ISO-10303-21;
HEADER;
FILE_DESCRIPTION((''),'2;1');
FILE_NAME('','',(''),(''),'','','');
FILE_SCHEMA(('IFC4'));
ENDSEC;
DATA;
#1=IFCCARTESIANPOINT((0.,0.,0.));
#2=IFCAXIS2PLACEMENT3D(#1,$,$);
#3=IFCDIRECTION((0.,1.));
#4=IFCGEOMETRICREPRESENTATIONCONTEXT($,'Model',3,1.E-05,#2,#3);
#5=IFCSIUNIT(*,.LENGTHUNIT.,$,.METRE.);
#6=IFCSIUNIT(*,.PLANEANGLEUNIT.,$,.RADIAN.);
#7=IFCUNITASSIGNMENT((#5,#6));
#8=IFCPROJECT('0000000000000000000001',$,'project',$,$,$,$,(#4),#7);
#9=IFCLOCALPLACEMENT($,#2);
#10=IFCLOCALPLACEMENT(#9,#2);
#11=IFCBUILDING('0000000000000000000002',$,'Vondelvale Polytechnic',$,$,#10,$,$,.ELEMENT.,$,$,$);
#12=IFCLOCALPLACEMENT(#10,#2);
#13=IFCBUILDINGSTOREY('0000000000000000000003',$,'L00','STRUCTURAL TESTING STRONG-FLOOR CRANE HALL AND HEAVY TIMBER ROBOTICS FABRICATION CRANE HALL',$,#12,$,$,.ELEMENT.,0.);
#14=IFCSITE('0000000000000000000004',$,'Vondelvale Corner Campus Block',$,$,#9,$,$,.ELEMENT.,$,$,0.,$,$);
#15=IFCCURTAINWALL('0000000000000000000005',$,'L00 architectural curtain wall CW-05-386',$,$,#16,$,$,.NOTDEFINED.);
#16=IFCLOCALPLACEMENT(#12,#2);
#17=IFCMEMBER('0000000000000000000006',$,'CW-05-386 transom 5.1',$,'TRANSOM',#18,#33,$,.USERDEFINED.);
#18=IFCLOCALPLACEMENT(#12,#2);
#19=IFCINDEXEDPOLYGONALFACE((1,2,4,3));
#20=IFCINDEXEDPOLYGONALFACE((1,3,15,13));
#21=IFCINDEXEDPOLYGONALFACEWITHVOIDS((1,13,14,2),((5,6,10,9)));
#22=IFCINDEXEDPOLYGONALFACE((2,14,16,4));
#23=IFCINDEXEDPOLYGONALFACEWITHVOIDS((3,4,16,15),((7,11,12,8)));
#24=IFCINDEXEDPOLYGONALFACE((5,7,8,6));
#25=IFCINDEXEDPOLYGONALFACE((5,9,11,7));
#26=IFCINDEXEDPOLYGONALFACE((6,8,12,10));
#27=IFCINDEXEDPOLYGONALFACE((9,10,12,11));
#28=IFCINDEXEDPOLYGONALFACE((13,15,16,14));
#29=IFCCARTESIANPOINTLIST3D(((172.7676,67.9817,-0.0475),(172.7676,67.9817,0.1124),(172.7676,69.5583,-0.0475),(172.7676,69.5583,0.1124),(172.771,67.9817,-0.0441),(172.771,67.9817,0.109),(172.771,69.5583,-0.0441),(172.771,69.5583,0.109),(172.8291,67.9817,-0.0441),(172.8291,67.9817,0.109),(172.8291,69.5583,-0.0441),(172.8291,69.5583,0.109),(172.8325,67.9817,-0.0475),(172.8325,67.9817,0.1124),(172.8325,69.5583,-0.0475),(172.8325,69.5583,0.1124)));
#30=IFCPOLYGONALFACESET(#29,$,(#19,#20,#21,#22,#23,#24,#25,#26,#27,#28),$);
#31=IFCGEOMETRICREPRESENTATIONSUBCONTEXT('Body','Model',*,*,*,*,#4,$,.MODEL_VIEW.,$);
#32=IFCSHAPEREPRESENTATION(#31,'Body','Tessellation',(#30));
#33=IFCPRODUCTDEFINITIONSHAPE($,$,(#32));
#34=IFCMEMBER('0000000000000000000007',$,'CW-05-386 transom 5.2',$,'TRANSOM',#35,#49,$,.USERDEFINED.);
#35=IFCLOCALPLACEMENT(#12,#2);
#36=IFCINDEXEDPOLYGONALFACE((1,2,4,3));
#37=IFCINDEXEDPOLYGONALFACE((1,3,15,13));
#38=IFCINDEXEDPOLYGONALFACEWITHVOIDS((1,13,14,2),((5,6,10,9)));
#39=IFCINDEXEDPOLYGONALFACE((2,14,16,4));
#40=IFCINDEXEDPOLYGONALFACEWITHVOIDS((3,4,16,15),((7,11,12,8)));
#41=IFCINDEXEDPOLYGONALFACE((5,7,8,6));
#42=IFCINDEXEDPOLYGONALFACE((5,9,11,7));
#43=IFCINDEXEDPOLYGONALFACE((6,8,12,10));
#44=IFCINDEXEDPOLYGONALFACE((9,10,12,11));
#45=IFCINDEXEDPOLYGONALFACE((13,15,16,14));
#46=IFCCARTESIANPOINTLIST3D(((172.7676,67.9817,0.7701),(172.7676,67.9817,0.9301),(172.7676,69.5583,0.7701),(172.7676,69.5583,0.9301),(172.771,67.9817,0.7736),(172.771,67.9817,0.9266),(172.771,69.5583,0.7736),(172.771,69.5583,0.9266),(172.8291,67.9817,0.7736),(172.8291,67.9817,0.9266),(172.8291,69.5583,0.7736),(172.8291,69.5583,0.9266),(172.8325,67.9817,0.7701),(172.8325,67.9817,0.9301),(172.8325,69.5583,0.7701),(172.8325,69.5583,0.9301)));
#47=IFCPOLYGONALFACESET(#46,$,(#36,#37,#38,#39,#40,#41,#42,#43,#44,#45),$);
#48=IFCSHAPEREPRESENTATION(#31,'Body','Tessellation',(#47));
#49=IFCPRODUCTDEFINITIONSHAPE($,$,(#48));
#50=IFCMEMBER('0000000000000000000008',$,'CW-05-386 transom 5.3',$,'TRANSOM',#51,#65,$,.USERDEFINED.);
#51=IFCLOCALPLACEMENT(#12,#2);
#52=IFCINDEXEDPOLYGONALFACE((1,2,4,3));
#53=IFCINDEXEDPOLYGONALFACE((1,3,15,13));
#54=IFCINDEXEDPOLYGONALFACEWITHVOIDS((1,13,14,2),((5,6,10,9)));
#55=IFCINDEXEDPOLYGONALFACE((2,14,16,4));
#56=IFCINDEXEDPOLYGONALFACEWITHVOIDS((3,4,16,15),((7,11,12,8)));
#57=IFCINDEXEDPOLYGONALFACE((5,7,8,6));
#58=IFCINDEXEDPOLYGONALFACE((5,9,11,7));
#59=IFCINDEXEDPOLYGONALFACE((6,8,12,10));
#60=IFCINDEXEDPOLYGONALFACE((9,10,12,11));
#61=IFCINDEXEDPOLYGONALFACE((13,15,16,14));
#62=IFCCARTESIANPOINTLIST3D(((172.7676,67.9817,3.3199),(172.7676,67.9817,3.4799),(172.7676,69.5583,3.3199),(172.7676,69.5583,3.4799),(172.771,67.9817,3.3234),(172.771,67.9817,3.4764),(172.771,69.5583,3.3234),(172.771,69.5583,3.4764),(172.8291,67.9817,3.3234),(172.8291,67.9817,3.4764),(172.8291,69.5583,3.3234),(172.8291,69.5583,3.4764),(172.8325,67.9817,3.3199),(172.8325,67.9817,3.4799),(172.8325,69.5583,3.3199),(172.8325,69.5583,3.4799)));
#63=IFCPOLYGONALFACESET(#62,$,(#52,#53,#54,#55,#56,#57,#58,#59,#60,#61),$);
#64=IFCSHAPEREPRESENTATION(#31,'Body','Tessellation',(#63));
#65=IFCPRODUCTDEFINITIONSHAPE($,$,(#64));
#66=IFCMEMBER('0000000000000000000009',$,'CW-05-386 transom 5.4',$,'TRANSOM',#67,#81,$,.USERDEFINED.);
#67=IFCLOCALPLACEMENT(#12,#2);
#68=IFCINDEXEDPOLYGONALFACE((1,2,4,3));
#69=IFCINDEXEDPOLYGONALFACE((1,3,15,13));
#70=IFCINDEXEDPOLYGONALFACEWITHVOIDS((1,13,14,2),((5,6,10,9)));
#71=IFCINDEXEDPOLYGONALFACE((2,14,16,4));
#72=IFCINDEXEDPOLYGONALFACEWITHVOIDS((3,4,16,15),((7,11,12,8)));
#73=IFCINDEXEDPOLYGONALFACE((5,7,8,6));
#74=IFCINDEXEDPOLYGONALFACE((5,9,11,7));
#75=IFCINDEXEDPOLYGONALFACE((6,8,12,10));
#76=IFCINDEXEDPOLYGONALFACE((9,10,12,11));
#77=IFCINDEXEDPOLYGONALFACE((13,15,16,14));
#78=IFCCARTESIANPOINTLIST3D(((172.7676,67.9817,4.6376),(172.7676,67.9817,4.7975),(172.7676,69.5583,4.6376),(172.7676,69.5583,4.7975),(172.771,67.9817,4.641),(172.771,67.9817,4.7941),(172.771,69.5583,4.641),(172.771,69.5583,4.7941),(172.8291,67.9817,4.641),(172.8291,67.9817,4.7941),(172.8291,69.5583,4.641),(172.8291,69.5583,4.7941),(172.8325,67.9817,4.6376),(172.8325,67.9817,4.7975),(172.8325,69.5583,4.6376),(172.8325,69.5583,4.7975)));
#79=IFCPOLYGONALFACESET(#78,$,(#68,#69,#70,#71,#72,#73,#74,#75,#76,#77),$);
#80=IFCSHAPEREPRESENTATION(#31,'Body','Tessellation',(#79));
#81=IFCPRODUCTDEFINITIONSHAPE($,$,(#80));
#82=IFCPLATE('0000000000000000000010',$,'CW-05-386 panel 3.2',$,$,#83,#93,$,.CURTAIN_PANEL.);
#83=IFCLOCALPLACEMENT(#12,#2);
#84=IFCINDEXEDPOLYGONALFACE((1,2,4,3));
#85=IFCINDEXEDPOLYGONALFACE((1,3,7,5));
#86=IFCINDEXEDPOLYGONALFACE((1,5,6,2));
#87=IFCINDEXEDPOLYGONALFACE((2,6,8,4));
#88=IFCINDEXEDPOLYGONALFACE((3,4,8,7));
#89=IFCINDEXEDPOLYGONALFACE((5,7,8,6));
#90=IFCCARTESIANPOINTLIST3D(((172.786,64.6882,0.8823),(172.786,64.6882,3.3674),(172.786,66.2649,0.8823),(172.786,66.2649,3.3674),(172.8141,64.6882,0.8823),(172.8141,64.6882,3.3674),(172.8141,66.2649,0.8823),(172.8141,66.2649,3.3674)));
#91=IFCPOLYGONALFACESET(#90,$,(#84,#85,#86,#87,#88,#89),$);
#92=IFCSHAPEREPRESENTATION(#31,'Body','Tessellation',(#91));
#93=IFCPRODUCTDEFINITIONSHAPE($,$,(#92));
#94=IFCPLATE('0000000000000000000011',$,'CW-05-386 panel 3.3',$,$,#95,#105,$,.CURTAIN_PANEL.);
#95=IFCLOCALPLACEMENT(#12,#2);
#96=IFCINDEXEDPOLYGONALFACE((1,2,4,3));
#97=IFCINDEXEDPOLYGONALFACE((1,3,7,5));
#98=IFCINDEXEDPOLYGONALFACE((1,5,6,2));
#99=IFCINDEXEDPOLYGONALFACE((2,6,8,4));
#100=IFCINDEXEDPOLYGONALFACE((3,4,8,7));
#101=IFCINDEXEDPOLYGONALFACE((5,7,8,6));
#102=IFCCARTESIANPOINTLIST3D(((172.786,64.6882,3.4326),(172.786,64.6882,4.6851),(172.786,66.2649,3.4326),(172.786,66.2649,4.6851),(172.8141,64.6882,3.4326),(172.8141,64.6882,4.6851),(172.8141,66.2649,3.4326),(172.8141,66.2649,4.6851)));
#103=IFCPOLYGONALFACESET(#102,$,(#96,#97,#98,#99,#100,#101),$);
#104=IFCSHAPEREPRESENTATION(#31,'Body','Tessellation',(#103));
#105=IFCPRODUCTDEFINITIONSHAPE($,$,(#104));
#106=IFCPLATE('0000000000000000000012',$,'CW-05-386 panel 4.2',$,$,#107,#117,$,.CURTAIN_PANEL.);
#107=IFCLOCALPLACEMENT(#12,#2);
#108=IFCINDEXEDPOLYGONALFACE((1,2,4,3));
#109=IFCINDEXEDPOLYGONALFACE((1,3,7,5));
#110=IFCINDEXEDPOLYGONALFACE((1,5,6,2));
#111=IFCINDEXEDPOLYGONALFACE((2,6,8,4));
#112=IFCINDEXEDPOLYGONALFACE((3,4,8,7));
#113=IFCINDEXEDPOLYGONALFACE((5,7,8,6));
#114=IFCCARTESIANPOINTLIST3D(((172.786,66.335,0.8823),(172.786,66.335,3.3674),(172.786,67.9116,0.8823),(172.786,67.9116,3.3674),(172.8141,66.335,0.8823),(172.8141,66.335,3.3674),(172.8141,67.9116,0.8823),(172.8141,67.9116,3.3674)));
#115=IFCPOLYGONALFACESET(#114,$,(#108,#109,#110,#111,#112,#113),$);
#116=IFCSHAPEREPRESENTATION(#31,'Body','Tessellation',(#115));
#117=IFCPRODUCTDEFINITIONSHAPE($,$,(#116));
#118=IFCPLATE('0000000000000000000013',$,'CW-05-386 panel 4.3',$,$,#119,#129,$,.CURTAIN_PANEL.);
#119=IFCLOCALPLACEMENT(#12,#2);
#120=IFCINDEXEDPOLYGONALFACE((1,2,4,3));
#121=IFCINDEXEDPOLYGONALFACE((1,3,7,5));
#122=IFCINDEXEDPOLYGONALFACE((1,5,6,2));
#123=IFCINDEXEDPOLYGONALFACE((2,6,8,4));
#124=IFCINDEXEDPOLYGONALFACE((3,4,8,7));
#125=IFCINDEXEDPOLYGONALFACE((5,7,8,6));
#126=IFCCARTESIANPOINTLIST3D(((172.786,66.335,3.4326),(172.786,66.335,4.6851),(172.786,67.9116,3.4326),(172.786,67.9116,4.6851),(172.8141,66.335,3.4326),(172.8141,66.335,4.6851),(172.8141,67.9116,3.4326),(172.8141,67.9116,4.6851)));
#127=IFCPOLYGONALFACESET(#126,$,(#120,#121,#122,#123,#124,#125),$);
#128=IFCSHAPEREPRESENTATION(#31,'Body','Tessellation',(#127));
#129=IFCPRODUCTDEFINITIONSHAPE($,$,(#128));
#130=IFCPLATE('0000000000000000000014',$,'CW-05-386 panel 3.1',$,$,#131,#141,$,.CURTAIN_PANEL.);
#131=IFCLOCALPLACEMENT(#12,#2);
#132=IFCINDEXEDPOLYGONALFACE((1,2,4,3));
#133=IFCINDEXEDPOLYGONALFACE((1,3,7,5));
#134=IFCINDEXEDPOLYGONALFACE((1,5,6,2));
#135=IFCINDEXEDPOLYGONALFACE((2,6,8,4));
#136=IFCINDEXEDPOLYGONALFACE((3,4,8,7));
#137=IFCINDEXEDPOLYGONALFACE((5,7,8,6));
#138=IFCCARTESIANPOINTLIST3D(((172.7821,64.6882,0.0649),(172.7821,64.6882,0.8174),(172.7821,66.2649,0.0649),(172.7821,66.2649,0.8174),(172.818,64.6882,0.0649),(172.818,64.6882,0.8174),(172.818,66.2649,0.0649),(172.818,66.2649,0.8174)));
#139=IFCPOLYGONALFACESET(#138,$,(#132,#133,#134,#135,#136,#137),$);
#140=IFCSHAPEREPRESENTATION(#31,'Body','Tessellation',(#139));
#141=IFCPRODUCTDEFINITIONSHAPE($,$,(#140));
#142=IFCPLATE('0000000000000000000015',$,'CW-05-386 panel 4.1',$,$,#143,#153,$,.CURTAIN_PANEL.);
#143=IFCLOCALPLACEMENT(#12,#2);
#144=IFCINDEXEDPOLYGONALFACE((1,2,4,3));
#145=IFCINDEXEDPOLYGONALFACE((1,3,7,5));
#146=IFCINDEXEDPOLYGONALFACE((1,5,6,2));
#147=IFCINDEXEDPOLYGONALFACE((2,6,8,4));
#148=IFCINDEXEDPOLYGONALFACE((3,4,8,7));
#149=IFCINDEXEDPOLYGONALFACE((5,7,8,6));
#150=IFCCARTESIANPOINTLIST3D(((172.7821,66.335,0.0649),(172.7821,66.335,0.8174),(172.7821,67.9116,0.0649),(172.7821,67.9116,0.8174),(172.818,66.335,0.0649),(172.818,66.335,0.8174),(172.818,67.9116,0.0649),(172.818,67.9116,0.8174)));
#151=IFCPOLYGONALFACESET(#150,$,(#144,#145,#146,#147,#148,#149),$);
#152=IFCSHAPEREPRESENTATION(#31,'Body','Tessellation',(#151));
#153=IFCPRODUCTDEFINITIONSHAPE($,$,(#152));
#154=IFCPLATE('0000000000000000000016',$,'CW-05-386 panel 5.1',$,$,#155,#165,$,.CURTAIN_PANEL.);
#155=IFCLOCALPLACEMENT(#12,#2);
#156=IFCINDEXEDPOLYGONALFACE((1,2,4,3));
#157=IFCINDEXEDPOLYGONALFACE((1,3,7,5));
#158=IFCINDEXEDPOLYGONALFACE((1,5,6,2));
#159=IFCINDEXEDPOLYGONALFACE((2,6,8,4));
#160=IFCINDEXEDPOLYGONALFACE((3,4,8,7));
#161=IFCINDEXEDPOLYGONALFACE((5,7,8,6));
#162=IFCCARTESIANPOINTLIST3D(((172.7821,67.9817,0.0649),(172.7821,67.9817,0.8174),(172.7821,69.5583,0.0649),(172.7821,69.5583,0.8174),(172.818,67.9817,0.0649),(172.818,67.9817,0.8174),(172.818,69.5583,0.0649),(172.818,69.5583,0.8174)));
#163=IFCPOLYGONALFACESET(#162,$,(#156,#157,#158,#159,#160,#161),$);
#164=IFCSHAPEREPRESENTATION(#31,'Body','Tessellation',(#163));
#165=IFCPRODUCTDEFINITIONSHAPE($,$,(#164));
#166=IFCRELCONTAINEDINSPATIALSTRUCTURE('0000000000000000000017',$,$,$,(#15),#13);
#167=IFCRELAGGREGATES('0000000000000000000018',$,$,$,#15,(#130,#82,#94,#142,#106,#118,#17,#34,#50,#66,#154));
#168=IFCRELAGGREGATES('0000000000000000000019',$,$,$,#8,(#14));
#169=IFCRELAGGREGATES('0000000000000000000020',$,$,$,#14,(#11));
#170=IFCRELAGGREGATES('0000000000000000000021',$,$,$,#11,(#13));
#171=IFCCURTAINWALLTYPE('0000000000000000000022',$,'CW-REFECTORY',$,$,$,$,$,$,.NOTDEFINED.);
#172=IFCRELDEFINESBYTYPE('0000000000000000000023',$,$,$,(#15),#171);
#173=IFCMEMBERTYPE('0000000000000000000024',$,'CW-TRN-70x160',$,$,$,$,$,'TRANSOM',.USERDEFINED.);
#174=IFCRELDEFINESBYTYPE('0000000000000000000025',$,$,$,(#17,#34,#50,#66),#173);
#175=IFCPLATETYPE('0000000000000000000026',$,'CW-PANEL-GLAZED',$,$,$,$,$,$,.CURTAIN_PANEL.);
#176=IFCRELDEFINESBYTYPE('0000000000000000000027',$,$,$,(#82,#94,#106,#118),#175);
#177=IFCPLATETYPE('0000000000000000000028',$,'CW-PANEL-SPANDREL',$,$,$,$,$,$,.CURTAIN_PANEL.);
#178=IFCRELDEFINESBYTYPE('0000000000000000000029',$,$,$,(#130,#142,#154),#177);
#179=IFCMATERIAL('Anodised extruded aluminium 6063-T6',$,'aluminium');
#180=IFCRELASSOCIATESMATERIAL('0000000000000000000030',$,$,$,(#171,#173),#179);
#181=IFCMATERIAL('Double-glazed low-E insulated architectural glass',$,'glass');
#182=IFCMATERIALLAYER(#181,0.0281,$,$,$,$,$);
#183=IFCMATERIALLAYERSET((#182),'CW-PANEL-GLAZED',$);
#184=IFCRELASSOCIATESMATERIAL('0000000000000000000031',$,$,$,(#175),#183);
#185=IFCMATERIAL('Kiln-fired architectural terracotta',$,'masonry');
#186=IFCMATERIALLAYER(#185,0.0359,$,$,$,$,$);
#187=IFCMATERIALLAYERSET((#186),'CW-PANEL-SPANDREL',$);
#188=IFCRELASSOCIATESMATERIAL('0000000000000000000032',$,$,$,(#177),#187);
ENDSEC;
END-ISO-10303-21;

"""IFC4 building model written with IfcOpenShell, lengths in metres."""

from ifc_helpers import new_model, si_unit, direction, frame, origin, origin_2d, place, context, subcontext, project, spatial, rectangle, hollow_rectangle, extrude, material, layer, layer_set, material_profile, profile_set, type_object, element, aggregate, save


model = new_model("IFC4")

# Units and contexts
model_context = context("Model", 3, precision=1e-05, world=origin(), true_north=direction((0.0, 1.0)))
body_context = subcontext(model_context, "Body", "Model", "MODEL_VIEW")
ifc_project = project(units=[si_unit("LENGTHUNIT", "METRE"), si_unit("PLANEANGLEUNIT", "RADIAN")], contexts=[model_context])

# Site, building, storey
site_placement = place(None, origin())
site = spatial("IfcSite", under=ifc_project, at=site_placement, Name="Vondelvale Corner Campus Block", CompositionType="ELEMENT", RefElevation=0.0)
building_placement = place(site_placement, origin())
building = spatial("IfcBuilding", under=site, at=building_placement, Name="Vondelvale Polytechnic", CompositionType="ELEMENT")
storey_placement = place(building_placement, origin())
storey = spatial("IfcBuildingStorey", under=building, at=storey_placement, Name="L00", Description="STRUCTURAL TESTING STRONG-FLOOR CRANE HALL AND HEAVY TIMBER ROBOTICS FABRICATION CRANE HALL", CompositionType="ELEMENT", Elevation=0.0)

# Curtain wall, members, plates
ifc_material_1 = material(Name="Anodised extruded aluminium 6063-T6", Category="aluminium")
curtain_wall_type = type_object("IfcCurtainWallType", Name="CW-REFECTORY", PredefinedType="NOTDEFINED", material=ifc_material_1)
curtain_wall_placement = place(storey_placement, origin())
curtain_wall = element("IfcCurtainWall", 1, at=curtain_wall_placement, inside=storey, type_object=curtain_wall_type, Name="L00 architectural curtain wall CW-05-386", PredefinedType="NOTDEFINED")
ifc_material_profile_1 = material_profile(ifc_material_1, hollow_rectangle(XDim=0.0649, YDim=0.1599, WallThickness=0.0034, at=origin_2d()), Name="CW-TRN-160x65")
ifc_profile_set_1 = profile_set([ifc_material_profile_1], Name="Anodised extruded aluminium 6063-T6")
member_type_1 = type_object("IfcMemberType", Name="CW-TRN-70x160", ElementType="TRANSOM", PredefinedType="USERDEFINED", material=ifc_profile_set_1)
member_1_placement = place(storey_placement, frame((172.8, 67.9817, 0.0325), z_axis=(0.0, 1.0, 0.0), x_axis=(-1.0, 0.0, 0.0)))
member_1 = element("IfcMember", 2, at=member_1_placement, type_object=member_type_1, Name="CW-05-386 transom 5.1", ObjectType="TRANSOM", PredefinedType="USERDEFINED", context=body_context, shape_type="SweptSolid", body=[
    extrude(hollow_rectangle(XDim=0.0649, YDim=0.1599, WallThickness=0.0034, at=origin_2d()), origin(), (0.0, 0.0, 1.0), 1.5767),
])
member_2_placement = place(storey_placement, frame((172.8, 67.9817, 0.8501), z_axis=(0.0, 1.0, 0.0), x_axis=(-1.0, 0.0, 0.0)))
member_2 = element("IfcMember", 3, at=member_2_placement, type_object=member_type_1, Name="CW-05-386 transom 5.2", ObjectType="TRANSOM", PredefinedType="USERDEFINED", context=body_context, shape_type="SweptSolid", body=[
    extrude(hollow_rectangle(XDim=0.0649, YDim=0.1599, WallThickness=0.0034, at=origin_2d()), origin(), (0.0, 0.0, 1.0), 1.5767),
])
member_3_placement = place(storey_placement, frame((172.8, 67.9817, 3.3999), z_axis=(0.0, 1.0, 0.0), x_axis=(-1.0, 0.0, 0.0)))
member_3 = element("IfcMember", 4, at=member_3_placement, type_object=member_type_1, Name="CW-05-386 transom 5.3", ObjectType="TRANSOM", PredefinedType="USERDEFINED", context=body_context, shape_type="SweptSolid", body=[
    extrude(hollow_rectangle(XDim=0.0649, YDim=0.1599, WallThickness=0.0034, at=origin_2d()), origin(), (0.0, 0.0, 1.0), 1.5767),
])
member_4_placement = place(storey_placement, frame((172.8, 67.9817, 4.7175), z_axis=(0.0, 1.0, 0.0), x_axis=(-1.0, 0.0, 0.0)))
member_4 = element("IfcMember", 5, at=member_4_placement, type_object=member_type_1, Name="CW-05-386 transom 5.4", ObjectType="TRANSOM", PredefinedType="USERDEFINED", context=body_context, shape_type="SweptSolid", body=[
    extrude(hollow_rectangle(XDim=0.0649, YDim=0.1599, WallThickness=0.0034, at=origin_2d()), origin(), (0.0, 0.0, 1.0), 1.5767),
])
ifc_material_2 = material(Name="Double-glazed low-E insulated architectural glass", Category="glass")
ifc_layer_1 = layer(ifc_material_2, 0.0281)
ifc_layer_set_1 = layer_set([ifc_layer_1], Name="CW-PANEL-GLAZED")
plate_type_1 = type_object("IfcPlateType", Name="CW-PANEL-GLAZED", PredefinedType="CURTAIN_PANEL", material=ifc_layer_set_1)
plate_1_placement = place(storey_placement, frame((172.8, 65.4766, 0.8823), z_axis=(0.0, 0.0, 1.0), x_axis=(0.0, 1.0, 0.0)))
plate_1 = element("IfcPlate", 6, at=plate_1_placement, type_object=plate_type_1, Name="CW-05-386 panel 3.2", PredefinedType="CURTAIN_PANEL", context=body_context, shape_type="SweptSolid", body=[
    extrude(rectangle(XDim=1.5767, YDim=0.0281, at=origin_2d()), origin(), (0.0, 0.0, 1.0), 2.4851),
])
plate_2_placement = place(storey_placement, frame((172.8, 65.4766, 3.4326), z_axis=(0.0, 0.0, 1.0), x_axis=(0.0, 1.0, 0.0)))
plate_2 = element("IfcPlate", 7, at=plate_2_placement, type_object=plate_type_1, Name="CW-05-386 panel 3.3", PredefinedType="CURTAIN_PANEL", context=body_context, shape_type="SweptSolid", body=[
    extrude(rectangle(XDim=1.5767, YDim=0.0281, at=origin_2d()), origin(), (0.0, 0.0, 1.0), 1.2524),
])
plate_3_placement = place(storey_placement, frame((172.8, 67.1233, 0.8823), z_axis=(0.0, 0.0, 1.0), x_axis=(0.0, 1.0, 0.0)))
plate_3 = element("IfcPlate", 8, at=plate_3_placement, type_object=plate_type_1, Name="CW-05-386 panel 4.2", PredefinedType="CURTAIN_PANEL", context=body_context, shape_type="SweptSolid", body=[
    extrude(rectangle(XDim=1.5767, YDim=0.0281, at=origin_2d()), origin(), (0.0, 0.0, 1.0), 2.4851),
])
plate_4_placement = place(storey_placement, frame((172.8, 67.1233, 3.4326), z_axis=(0.0, 0.0, 1.0), x_axis=(0.0, 1.0, 0.0)))
plate_4 = element("IfcPlate", 9, at=plate_4_placement, type_object=plate_type_1, Name="CW-05-386 panel 4.3", PredefinedType="CURTAIN_PANEL", context=body_context, shape_type="SweptSolid", body=[
    extrude(rectangle(XDim=1.5767, YDim=0.0281, at=origin_2d()), origin(), (0.0, 0.0, 1.0), 1.2524),
])
ifc_material_3 = material(Name="Kiln-fired architectural terracotta", Category="masonry")
ifc_layer_2 = layer(ifc_material_3, 0.0359)
ifc_layer_set_2 = layer_set([ifc_layer_2], Name="CW-PANEL-SPANDREL")
plate_type_2 = type_object("IfcPlateType", Name="CW-PANEL-SPANDREL", PredefinedType="CURTAIN_PANEL", material=ifc_layer_set_2)
plate_5_placement = place(storey_placement, frame((172.8, 65.4766, 0.0649), z_axis=(0.0, 0.0, 1.0), x_axis=(0.0, 1.0, 0.0)))
plate_5 = element("IfcPlate", 10, at=plate_5_placement, type_object=plate_type_2, Name="CW-05-386 panel 3.1", PredefinedType="CURTAIN_PANEL", context=body_context, shape_type="SweptSolid", body=[
    extrude(rectangle(XDim=1.5767, YDim=0.0359, at=origin_2d()), origin(), (0.0, 0.0, 1.0), 0.7524),
])
plate_6_placement = place(storey_placement, frame((172.8, 67.1233, 0.0649), z_axis=(0.0, 0.0, 1.0), x_axis=(0.0, 1.0, 0.0)))
plate_6 = element("IfcPlate", 11, at=plate_6_placement, type_object=plate_type_2, Name="CW-05-386 panel 4.1", PredefinedType="CURTAIN_PANEL", context=body_context, shape_type="SweptSolid", body=[
    extrude(rectangle(XDim=1.5767, YDim=0.0359, at=origin_2d()), origin(), (0.0, 0.0, 1.0), 0.7524),
])
plate_7_placement = place(storey_placement, frame((172.8, 68.77, 0.0649), z_axis=(0.0, 0.0, 1.0), x_axis=(0.0, 1.0, 0.0)))
plate_7 = element("IfcPlate", 12, at=plate_7_placement, type_object=plate_type_2, Name="CW-05-386 panel 5.1", PredefinedType="CURTAIN_PANEL", context=body_context, shape_type="SweptSolid", body=[
    extrude(rectangle(XDim=1.5767, YDim=0.0359, at=origin_2d()), origin(), (0.0, 0.0, 1.0), 0.7524),
])
aggregate(curtain_wall, [plate_5, plate_1, plate_2, plate_6, plate_3, plate_4, member_1, member_2, member_3, member_4, plate_7])

save(model, "model.ifc")
